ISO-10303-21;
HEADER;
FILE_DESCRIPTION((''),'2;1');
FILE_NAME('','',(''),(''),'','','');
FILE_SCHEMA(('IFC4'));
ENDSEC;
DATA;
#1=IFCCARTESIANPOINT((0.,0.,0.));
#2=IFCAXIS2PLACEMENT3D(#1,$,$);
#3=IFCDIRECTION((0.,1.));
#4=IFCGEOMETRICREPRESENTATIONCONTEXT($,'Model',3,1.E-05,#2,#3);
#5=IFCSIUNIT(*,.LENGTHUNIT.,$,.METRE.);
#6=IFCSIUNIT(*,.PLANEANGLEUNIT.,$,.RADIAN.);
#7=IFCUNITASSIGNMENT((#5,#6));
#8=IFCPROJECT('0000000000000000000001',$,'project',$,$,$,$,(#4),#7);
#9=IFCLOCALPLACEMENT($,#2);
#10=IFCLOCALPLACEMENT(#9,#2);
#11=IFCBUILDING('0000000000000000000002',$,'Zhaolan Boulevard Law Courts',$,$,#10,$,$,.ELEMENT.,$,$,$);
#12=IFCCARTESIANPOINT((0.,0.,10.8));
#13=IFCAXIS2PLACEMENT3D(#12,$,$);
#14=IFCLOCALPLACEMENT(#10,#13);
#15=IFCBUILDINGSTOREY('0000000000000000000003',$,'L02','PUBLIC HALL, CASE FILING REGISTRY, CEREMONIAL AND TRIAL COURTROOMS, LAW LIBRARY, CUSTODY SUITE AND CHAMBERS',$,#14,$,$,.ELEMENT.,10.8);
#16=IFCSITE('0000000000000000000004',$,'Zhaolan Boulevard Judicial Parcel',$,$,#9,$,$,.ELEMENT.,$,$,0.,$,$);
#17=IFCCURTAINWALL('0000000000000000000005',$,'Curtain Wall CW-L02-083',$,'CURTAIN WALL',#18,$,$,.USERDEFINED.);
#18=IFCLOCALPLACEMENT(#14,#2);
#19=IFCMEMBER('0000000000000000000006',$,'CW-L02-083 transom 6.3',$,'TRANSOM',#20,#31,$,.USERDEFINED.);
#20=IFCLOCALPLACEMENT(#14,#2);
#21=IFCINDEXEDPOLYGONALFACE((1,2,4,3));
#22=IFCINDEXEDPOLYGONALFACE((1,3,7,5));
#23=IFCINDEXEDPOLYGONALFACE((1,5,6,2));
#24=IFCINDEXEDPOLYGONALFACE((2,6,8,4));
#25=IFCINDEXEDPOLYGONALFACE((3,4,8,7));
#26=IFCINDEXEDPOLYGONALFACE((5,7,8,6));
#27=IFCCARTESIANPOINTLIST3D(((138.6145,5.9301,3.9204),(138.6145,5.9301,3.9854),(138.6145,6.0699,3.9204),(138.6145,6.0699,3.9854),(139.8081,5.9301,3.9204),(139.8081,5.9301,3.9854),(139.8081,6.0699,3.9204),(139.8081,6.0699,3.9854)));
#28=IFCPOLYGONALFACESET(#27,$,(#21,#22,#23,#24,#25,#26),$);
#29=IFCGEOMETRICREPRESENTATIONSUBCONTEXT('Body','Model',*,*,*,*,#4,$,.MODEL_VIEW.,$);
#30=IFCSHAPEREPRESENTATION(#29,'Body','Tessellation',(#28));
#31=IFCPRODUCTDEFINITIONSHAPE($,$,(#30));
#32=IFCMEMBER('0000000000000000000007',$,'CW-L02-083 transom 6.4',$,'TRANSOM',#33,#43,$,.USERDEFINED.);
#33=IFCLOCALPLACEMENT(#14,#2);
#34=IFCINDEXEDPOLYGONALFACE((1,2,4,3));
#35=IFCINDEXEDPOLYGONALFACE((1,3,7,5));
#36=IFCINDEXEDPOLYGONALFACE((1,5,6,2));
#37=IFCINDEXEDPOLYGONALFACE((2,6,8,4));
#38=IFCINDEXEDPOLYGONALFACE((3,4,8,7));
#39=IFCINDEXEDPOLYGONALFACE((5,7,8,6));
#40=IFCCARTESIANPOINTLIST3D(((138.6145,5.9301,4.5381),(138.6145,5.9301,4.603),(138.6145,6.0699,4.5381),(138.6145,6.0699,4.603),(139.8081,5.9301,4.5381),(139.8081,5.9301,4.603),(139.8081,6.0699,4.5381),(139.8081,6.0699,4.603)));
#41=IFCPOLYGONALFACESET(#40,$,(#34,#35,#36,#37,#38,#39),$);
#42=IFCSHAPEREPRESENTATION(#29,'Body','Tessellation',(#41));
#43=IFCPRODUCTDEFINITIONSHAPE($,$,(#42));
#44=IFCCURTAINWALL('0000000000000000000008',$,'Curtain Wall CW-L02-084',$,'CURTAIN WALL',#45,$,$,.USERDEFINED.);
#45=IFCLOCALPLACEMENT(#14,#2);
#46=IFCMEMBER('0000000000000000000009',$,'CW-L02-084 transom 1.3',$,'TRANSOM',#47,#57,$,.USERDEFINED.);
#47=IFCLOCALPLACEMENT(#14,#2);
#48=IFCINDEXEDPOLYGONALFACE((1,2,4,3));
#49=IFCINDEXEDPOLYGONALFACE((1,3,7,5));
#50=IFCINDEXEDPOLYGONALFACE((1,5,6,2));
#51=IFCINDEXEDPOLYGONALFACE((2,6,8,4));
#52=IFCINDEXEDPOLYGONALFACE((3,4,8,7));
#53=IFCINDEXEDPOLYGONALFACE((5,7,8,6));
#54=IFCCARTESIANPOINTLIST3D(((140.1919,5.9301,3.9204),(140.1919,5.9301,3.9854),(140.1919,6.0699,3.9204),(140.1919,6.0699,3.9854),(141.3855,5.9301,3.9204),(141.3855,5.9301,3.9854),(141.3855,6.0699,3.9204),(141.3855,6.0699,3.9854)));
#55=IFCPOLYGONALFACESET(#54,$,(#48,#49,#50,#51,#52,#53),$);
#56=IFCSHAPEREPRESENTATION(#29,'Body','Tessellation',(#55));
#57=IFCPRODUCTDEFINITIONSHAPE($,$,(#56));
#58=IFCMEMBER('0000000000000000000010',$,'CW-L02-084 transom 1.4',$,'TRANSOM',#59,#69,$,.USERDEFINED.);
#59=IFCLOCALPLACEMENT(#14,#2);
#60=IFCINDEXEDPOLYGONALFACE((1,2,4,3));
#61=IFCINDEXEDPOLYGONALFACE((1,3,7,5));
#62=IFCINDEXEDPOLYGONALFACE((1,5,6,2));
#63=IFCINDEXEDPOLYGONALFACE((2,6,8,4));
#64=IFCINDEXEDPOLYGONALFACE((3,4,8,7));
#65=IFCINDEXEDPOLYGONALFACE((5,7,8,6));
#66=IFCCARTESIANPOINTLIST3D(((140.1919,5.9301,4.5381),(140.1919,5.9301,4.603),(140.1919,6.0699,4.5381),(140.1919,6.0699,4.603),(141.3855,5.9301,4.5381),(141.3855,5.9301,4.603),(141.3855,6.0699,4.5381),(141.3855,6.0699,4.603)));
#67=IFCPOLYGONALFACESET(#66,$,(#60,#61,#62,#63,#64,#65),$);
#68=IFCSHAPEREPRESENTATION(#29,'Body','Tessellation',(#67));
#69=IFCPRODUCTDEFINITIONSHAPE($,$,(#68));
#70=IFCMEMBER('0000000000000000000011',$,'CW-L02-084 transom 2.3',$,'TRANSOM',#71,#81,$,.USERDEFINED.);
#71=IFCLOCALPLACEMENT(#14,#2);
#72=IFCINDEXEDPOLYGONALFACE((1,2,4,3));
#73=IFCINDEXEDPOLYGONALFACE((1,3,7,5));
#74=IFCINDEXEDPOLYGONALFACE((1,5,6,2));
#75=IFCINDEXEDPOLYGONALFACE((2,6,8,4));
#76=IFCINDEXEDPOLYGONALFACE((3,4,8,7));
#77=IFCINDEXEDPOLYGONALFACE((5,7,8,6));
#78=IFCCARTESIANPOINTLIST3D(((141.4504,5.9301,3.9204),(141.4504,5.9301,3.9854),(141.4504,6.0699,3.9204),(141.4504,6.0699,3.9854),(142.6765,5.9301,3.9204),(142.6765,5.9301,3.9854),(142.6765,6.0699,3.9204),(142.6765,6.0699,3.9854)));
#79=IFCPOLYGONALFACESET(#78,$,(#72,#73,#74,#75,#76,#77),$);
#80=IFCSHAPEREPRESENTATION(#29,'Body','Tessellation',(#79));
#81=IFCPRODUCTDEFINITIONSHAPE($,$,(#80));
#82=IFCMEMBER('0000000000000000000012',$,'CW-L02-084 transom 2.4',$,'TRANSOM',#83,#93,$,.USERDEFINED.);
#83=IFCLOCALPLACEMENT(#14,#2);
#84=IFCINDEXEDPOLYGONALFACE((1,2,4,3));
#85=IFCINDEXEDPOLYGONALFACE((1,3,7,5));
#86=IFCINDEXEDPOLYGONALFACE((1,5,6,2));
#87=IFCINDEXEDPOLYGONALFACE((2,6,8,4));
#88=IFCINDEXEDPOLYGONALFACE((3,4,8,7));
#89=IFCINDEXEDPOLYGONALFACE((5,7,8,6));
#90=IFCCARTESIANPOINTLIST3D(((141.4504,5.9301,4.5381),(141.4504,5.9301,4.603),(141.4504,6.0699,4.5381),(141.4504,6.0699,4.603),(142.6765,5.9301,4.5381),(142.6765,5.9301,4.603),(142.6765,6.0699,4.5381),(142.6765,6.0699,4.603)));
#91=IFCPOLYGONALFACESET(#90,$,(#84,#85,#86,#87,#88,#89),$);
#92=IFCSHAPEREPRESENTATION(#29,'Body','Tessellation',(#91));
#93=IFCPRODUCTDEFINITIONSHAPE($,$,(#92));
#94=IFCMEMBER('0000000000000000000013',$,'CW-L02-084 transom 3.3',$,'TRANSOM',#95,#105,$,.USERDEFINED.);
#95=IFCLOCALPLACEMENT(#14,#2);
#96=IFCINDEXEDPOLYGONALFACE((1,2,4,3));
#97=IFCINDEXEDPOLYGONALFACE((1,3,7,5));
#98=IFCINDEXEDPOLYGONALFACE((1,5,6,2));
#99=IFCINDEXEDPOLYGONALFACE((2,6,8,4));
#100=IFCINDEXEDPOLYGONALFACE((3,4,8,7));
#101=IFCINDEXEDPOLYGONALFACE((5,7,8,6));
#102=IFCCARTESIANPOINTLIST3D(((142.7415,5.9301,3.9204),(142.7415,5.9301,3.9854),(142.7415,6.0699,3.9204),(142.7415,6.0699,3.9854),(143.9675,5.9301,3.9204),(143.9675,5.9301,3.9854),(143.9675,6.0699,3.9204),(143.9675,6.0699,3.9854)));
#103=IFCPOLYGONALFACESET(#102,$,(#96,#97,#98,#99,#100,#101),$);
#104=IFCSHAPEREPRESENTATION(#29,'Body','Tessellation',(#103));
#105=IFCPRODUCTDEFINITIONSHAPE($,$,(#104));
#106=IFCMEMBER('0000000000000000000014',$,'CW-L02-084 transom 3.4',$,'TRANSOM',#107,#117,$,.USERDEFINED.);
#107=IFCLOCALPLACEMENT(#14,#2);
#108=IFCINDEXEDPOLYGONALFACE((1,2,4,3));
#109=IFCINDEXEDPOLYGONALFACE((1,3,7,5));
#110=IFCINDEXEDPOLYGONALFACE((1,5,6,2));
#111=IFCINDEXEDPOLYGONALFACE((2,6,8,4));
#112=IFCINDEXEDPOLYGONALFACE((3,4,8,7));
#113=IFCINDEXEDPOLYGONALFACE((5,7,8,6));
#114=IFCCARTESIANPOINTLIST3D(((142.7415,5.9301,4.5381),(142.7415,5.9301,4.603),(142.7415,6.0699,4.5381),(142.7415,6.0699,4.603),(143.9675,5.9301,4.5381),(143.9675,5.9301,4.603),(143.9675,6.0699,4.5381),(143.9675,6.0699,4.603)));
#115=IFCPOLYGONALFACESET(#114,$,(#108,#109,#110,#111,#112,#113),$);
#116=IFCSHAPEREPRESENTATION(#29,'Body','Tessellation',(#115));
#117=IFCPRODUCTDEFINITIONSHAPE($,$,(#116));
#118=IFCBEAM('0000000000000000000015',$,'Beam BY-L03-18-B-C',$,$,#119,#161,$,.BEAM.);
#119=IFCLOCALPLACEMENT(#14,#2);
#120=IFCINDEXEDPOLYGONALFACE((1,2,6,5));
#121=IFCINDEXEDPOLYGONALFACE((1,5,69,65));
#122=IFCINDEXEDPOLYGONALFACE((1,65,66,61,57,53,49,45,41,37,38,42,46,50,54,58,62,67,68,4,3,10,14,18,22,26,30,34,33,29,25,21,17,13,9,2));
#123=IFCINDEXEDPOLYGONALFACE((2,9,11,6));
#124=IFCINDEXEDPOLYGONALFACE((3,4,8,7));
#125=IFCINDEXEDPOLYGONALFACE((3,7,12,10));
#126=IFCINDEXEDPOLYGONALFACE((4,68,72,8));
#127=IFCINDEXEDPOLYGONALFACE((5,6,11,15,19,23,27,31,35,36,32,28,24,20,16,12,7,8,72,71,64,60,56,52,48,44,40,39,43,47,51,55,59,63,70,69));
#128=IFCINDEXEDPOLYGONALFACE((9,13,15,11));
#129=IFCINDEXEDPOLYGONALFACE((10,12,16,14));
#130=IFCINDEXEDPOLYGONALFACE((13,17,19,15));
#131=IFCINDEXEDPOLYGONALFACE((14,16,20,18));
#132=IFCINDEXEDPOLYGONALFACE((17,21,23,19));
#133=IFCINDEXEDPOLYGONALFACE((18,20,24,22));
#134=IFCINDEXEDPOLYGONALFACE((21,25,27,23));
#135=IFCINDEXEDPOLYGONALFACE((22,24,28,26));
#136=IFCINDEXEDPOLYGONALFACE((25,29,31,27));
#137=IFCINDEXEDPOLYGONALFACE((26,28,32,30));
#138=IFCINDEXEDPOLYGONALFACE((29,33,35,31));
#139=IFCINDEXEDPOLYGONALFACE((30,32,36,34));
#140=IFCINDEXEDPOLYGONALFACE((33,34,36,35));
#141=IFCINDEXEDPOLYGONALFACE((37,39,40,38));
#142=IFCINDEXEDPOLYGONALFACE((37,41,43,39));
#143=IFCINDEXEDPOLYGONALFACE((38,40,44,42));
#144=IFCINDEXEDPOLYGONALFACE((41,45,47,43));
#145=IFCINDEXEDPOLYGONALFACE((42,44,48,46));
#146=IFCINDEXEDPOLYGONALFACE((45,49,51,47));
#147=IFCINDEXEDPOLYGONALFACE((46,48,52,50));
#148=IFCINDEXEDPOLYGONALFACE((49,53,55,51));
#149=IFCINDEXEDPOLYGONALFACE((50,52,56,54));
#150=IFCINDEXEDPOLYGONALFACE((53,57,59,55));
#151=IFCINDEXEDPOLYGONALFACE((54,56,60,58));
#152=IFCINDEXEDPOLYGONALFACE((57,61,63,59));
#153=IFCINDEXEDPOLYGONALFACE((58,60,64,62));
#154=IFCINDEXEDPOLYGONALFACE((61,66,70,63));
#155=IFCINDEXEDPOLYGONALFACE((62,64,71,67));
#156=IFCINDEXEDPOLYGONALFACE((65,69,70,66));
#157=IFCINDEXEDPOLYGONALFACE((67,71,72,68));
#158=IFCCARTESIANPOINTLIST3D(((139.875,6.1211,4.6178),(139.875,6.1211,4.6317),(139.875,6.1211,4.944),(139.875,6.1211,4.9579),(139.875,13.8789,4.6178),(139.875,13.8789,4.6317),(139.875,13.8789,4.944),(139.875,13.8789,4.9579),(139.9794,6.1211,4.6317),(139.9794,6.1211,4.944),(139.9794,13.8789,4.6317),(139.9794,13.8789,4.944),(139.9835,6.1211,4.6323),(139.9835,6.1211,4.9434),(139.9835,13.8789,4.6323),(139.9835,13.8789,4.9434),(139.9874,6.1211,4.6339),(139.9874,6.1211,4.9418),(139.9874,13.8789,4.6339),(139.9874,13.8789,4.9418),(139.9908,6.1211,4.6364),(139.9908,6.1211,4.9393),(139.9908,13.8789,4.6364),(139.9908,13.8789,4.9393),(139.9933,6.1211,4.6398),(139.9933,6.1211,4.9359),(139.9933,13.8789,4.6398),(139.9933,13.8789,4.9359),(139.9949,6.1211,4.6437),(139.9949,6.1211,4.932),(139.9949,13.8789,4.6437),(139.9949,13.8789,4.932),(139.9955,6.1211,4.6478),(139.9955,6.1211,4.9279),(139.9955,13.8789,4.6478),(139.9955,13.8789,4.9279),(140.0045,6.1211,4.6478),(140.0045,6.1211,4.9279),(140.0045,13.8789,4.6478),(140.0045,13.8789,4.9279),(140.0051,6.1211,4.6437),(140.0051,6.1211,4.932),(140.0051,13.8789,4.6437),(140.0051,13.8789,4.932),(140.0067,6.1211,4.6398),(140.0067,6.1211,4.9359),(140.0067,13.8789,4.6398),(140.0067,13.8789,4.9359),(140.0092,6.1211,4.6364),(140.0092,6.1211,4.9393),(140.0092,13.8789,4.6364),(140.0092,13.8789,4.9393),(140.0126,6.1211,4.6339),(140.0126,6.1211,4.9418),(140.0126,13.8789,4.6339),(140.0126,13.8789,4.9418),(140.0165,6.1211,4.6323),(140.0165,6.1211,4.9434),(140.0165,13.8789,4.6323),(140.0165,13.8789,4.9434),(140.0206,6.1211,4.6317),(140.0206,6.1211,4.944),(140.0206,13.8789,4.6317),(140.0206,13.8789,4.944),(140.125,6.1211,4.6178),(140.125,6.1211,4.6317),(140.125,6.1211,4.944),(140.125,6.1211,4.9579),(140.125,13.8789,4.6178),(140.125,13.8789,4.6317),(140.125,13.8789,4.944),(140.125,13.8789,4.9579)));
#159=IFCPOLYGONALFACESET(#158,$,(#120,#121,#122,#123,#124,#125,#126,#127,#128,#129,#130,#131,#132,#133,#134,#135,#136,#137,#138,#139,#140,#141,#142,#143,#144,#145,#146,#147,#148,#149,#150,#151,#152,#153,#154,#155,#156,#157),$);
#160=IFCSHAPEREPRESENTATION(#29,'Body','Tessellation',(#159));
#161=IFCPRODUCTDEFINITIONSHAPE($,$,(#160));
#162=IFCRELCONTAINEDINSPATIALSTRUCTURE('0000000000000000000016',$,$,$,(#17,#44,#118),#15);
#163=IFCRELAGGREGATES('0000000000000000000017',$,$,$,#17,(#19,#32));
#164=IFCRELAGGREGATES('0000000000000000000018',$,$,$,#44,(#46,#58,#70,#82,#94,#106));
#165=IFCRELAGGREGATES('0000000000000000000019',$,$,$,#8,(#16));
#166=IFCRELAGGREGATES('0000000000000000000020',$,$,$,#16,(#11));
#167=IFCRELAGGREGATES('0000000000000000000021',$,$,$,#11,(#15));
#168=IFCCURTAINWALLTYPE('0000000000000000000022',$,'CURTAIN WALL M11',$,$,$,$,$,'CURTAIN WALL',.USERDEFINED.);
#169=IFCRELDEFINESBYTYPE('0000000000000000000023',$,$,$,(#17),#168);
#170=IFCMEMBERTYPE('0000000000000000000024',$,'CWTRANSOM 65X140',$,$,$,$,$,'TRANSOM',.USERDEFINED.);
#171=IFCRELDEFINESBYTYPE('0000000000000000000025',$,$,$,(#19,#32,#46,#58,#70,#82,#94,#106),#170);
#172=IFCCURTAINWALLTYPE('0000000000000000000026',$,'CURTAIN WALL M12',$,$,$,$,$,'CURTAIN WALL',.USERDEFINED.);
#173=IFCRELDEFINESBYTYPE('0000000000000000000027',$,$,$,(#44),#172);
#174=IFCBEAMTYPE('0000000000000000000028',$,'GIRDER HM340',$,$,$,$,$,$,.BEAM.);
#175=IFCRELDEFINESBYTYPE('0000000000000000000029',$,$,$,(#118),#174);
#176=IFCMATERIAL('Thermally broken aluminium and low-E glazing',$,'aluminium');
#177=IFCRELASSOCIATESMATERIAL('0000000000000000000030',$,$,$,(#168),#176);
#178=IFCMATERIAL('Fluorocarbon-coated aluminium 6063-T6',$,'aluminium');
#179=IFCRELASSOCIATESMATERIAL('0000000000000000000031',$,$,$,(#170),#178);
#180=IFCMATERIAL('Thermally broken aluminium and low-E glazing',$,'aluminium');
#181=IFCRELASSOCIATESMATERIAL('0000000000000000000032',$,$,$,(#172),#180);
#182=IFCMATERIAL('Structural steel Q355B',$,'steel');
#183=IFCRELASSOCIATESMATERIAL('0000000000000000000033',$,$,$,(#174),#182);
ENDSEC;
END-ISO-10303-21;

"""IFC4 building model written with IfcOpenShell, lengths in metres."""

from ifc_helpers import new_model, si_unit, direction, frame, origin, origin_2d, place, context, subcontext, project, spatial, rectangle, i_section, extrude, material, material_profile, profile_set, type_object, element, aggregate, save


model = new_model("IFC4")

# Units and contexts
model_context = context("Model", 3, precision=1e-05, world=origin(), true_north=direction((0.0, 1.0)))
body_context = subcontext(model_context, "Body", "Model", "MODEL_VIEW")
ifc_project = project(units=[si_unit("LENGTHUNIT", "METRE"), si_unit("PLANEANGLEUNIT", "RADIAN")], contexts=[model_context])

# Site, building, storey
site_placement = place(None, origin())
site = spatial("IfcSite", under=ifc_project, at=site_placement, Name="Zhaolan Boulevard Judicial Parcel", CompositionType="ELEMENT", RefElevation=0.0)
building_placement = place(site_placement, origin())
building = spatial("IfcBuilding", under=site, at=building_placement, Name="Zhaolan Boulevard Law Courts", CompositionType="ELEMENT")
storey_placement = place(building_placement, frame((0.0, 0.0, 10.8)))
storey = spatial("IfcBuildingStorey", under=building, at=storey_placement, Name="L02", Description="PUBLIC HALL, CASE FILING REGISTRY, CEREMONIAL AND TRIAL COURTROOMS, LAW LIBRARY, CUSTODY SUITE AND CHAMBERS", CompositionType="ELEMENT", Elevation=10.8)

# Curtain walls, members
ifc_material_1 = material(Name="Thermally broken aluminium and low-E glazing", Category="aluminium")
curtain_wall_type_1 = type_object("IfcCurtainWallType", Name="CURTAIN WALL M11", ElementType="CURTAIN WALL", PredefinedType="USERDEFINED", material=ifc_material_1)
curtain_wall_1_placement = place(storey_placement, origin())
curtain_wall_1 = element("IfcCurtainWall", 1, at=curtain_wall_1_placement, inside=storey, type_object=curtain_wall_type_1, Name="Curtain Wall CW-L02-083", ObjectType="CURTAIN WALL", PredefinedType="USERDEFINED")
ifc_material_2 = material(Name="Fluorocarbon-coated aluminium 6063-T6", Category="aluminium")
ifc_material_profile_1 = material_profile(ifc_material_2, rectangle(XDim=0.1399, YDim=0.0649, at=origin_2d()), Name="AL65x140")
ifc_profile_set_1 = profile_set([ifc_material_profile_1], Name="Fluorocarbon-coated aluminium 6063-T6")
member_type_1 = type_object("IfcMemberType", Name="CWTRANSOM 65X140", ElementType="TRANSOM", PredefinedType="USERDEFINED", material=ifc_profile_set_1)
member_1_placement = place(storey_placement, frame((138.6145, 6.0, 3.9529), z_axis=(1.0, 0.0, 0.0), x_axis=(0.0, 1.0, 0.0)))
member_1 = element("IfcMember", 2, at=member_1_placement, type_object=member_type_1, Name="CW-L02-083 transom 6.3", ObjectType="TRANSOM", PredefinedType="USERDEFINED", context=body_context, shape_type="SweptSolid", body=[
    extrude(rectangle(XDim=0.1399, YDim=0.0649, at=origin_2d()), origin(), (0.0, 0.0, 1.0), 1.1936),
])
member_2_placement = place(storey_placement, frame((138.6145, 6.0, 4.5706), z_axis=(1.0, 0.0, 0.0), x_axis=(0.0, 1.0, 0.0)))
member_2 = element("IfcMember", 3, at=member_2_placement, type_object=member_type_1, Name="CW-L02-083 transom 6.4", ObjectType="TRANSOM", PredefinedType="USERDEFINED", context=body_context, shape_type="SweptSolid", body=[
    extrude(rectangle(XDim=0.1399, YDim=0.0649, at=origin_2d()), origin(), (0.0, 0.0, 1.0), 1.1936),
])
ifc_material_3 = material(Name="Thermally broken aluminium and low-E glazing", Category="aluminium")
curtain_wall_type_2 = type_object("IfcCurtainWallType", Name="CURTAIN WALL M12", ElementType="CURTAIN WALL", PredefinedType="USERDEFINED", material=ifc_material_3)
curtain_wall_2_placement = place(storey_placement, origin())
curtain_wall_2 = element("IfcCurtainWall", 4, at=curtain_wall_2_placement, inside=storey, type_object=curtain_wall_type_2, Name="Curtain Wall CW-L02-084", ObjectType="CURTAIN WALL", PredefinedType="USERDEFINED")
member_3_placement = place(storey_placement, frame((140.1919, 6.0, 3.9529), z_axis=(1.0, 0.0, 0.0), x_axis=(0.0, 1.0, 0.0)))
member_3 = element("IfcMember", 5, at=member_3_placement, type_object=member_type_1, Name="CW-L02-084 transom 1.3", ObjectType="TRANSOM", PredefinedType="USERDEFINED", context=body_context, shape_type="SweptSolid", body=[
    extrude(rectangle(XDim=0.1399, YDim=0.0649, at=origin_2d()), origin(), (0.0, 0.0, 1.0), 1.1936),
])
member_4_placement = place(storey_placement, frame((140.1919, 6.0, 4.5706), z_axis=(1.0, 0.0, 0.0), x_axis=(0.0, 1.0, 0.0)))
member_4 = element("IfcMember", 6, at=member_4_placement, type_object=member_type_1, Name="CW-L02-084 transom 1.4", ObjectType="TRANSOM", PredefinedType="USERDEFINED", context=body_context, shape_type="SweptSolid", body=[
    extrude(rectangle(XDim=0.1399, YDim=0.0649, at=origin_2d()), origin(), (0.0, 0.0, 1.0), 1.1936),
])
member_5_placement = place(storey_placement, frame((141.4504, 6.0, 3.9529), z_axis=(1.0, 0.0, 0.0), x_axis=(0.0, 1.0, 0.0)))
member_5 = element("IfcMember", 7, at=member_5_placement, type_object=member_type_1, Name="CW-L02-084 transom 2.3", ObjectType="TRANSOM", PredefinedType="USERDEFINED", context=body_context, shape_type="SweptSolid", body=[
    extrude(rectangle(XDim=0.1399, YDim=0.0649, at=origin_2d()), origin(), (0.0, 0.0, 1.0), 1.2261),
])
member_6_placement = place(storey_placement, frame((141.4504, 6.0, 4.5706), z_axis=(1.0, 0.0, 0.0), x_axis=(0.0, 1.0, 0.0)))
member_6 = element("IfcMember", 8, at=member_6_placement, type_object=member_type_1, Name="CW-L02-084 transom 2.4", ObjectType="TRANSOM", PredefinedType="USERDEFINED", context=body_context, shape_type="SweptSolid", body=[
    extrude(rectangle(XDim=0.1399, YDim=0.0649, at=origin_2d()), origin(), (0.0, 0.0, 1.0), 1.2261),
])
member_7_placement = place(storey_placement, frame((142.7415, 6.0, 3.9529), z_axis=(1.0, 0.0, 0.0), x_axis=(0.0, 1.0, 0.0)))
member_7 = element("IfcMember", 9, at=member_7_placement, type_object=member_type_1, Name="CW-L02-084 transom 3.3", ObjectType="TRANSOM", PredefinedType="USERDEFINED", context=body_context, shape_type="SweptSolid", body=[
    extrude(rectangle(XDim=0.1399, YDim=0.0649, at=origin_2d()), origin(), (0.0, 0.0, 1.0), 1.2261),
])
member_8_placement = place(storey_placement, frame((142.7415, 6.0, 4.5706), z_axis=(1.0, 0.0, 0.0), x_axis=(0.0, 1.0, 0.0)))
member_8 = element("IfcMember", 10, at=member_8_placement, type_object=member_type_1, Name="CW-L02-084 transom 3.4", ObjectType="TRANSOM", PredefinedType="USERDEFINED", context=body_context, shape_type="SweptSolid", body=[
    extrude(rectangle(XDim=0.1399, YDim=0.0649, at=origin_2d()), origin(), (0.0, 0.0, 1.0), 1.2261),
])

# Beam
ifc_material_4 = material(Name="Structural steel Q355B", Category="steel")
ifc_material_profile_2 = material_profile(ifc_material_4, i_section(OverallWidth=0.25, OverallDepth=0.3401, WebThickness=0.009, FlangeThickness=0.0139, FilletRadius=0.0161, at=origin_2d()), Name="HM340x250")
ifc_profile_set_2 = profile_set([ifc_material_profile_2], Name="Structural steel Q355B")
beam_type_1 = type_object("IfcBeamType", Name="GIRDER HM340", PredefinedType="BEAM", material=ifc_profile_set_2)
beam_1_placement = place(storey_placement, frame((140.0, 6.1211, 4.7878), z_axis=(0.0, 1.0, 0.0), x_axis=(-1.0, 0.0, 0.0)))
element("IfcBeam", 11, at=beam_1_placement, inside=storey, type_object=beam_type_1, Name="Beam BY-L03-18-B-C", PredefinedType="BEAM", context=body_context, shape_type="SweptSolid", body=[
    extrude(i_section(OverallWidth=0.25, OverallDepth=0.3401, WebThickness=0.009, FlangeThickness=0.0139, FilletRadius=0.0161, at=origin_2d()), origin(), (0.0, 0.0, 1.0), 7.7578),
])

aggregate(curtain_wall_1, [member_1, member_2])
aggregate(curtain_wall_2, [member_3, member_4, member_5, member_6, member_7, member_8])

save(model, "model.ifc")
